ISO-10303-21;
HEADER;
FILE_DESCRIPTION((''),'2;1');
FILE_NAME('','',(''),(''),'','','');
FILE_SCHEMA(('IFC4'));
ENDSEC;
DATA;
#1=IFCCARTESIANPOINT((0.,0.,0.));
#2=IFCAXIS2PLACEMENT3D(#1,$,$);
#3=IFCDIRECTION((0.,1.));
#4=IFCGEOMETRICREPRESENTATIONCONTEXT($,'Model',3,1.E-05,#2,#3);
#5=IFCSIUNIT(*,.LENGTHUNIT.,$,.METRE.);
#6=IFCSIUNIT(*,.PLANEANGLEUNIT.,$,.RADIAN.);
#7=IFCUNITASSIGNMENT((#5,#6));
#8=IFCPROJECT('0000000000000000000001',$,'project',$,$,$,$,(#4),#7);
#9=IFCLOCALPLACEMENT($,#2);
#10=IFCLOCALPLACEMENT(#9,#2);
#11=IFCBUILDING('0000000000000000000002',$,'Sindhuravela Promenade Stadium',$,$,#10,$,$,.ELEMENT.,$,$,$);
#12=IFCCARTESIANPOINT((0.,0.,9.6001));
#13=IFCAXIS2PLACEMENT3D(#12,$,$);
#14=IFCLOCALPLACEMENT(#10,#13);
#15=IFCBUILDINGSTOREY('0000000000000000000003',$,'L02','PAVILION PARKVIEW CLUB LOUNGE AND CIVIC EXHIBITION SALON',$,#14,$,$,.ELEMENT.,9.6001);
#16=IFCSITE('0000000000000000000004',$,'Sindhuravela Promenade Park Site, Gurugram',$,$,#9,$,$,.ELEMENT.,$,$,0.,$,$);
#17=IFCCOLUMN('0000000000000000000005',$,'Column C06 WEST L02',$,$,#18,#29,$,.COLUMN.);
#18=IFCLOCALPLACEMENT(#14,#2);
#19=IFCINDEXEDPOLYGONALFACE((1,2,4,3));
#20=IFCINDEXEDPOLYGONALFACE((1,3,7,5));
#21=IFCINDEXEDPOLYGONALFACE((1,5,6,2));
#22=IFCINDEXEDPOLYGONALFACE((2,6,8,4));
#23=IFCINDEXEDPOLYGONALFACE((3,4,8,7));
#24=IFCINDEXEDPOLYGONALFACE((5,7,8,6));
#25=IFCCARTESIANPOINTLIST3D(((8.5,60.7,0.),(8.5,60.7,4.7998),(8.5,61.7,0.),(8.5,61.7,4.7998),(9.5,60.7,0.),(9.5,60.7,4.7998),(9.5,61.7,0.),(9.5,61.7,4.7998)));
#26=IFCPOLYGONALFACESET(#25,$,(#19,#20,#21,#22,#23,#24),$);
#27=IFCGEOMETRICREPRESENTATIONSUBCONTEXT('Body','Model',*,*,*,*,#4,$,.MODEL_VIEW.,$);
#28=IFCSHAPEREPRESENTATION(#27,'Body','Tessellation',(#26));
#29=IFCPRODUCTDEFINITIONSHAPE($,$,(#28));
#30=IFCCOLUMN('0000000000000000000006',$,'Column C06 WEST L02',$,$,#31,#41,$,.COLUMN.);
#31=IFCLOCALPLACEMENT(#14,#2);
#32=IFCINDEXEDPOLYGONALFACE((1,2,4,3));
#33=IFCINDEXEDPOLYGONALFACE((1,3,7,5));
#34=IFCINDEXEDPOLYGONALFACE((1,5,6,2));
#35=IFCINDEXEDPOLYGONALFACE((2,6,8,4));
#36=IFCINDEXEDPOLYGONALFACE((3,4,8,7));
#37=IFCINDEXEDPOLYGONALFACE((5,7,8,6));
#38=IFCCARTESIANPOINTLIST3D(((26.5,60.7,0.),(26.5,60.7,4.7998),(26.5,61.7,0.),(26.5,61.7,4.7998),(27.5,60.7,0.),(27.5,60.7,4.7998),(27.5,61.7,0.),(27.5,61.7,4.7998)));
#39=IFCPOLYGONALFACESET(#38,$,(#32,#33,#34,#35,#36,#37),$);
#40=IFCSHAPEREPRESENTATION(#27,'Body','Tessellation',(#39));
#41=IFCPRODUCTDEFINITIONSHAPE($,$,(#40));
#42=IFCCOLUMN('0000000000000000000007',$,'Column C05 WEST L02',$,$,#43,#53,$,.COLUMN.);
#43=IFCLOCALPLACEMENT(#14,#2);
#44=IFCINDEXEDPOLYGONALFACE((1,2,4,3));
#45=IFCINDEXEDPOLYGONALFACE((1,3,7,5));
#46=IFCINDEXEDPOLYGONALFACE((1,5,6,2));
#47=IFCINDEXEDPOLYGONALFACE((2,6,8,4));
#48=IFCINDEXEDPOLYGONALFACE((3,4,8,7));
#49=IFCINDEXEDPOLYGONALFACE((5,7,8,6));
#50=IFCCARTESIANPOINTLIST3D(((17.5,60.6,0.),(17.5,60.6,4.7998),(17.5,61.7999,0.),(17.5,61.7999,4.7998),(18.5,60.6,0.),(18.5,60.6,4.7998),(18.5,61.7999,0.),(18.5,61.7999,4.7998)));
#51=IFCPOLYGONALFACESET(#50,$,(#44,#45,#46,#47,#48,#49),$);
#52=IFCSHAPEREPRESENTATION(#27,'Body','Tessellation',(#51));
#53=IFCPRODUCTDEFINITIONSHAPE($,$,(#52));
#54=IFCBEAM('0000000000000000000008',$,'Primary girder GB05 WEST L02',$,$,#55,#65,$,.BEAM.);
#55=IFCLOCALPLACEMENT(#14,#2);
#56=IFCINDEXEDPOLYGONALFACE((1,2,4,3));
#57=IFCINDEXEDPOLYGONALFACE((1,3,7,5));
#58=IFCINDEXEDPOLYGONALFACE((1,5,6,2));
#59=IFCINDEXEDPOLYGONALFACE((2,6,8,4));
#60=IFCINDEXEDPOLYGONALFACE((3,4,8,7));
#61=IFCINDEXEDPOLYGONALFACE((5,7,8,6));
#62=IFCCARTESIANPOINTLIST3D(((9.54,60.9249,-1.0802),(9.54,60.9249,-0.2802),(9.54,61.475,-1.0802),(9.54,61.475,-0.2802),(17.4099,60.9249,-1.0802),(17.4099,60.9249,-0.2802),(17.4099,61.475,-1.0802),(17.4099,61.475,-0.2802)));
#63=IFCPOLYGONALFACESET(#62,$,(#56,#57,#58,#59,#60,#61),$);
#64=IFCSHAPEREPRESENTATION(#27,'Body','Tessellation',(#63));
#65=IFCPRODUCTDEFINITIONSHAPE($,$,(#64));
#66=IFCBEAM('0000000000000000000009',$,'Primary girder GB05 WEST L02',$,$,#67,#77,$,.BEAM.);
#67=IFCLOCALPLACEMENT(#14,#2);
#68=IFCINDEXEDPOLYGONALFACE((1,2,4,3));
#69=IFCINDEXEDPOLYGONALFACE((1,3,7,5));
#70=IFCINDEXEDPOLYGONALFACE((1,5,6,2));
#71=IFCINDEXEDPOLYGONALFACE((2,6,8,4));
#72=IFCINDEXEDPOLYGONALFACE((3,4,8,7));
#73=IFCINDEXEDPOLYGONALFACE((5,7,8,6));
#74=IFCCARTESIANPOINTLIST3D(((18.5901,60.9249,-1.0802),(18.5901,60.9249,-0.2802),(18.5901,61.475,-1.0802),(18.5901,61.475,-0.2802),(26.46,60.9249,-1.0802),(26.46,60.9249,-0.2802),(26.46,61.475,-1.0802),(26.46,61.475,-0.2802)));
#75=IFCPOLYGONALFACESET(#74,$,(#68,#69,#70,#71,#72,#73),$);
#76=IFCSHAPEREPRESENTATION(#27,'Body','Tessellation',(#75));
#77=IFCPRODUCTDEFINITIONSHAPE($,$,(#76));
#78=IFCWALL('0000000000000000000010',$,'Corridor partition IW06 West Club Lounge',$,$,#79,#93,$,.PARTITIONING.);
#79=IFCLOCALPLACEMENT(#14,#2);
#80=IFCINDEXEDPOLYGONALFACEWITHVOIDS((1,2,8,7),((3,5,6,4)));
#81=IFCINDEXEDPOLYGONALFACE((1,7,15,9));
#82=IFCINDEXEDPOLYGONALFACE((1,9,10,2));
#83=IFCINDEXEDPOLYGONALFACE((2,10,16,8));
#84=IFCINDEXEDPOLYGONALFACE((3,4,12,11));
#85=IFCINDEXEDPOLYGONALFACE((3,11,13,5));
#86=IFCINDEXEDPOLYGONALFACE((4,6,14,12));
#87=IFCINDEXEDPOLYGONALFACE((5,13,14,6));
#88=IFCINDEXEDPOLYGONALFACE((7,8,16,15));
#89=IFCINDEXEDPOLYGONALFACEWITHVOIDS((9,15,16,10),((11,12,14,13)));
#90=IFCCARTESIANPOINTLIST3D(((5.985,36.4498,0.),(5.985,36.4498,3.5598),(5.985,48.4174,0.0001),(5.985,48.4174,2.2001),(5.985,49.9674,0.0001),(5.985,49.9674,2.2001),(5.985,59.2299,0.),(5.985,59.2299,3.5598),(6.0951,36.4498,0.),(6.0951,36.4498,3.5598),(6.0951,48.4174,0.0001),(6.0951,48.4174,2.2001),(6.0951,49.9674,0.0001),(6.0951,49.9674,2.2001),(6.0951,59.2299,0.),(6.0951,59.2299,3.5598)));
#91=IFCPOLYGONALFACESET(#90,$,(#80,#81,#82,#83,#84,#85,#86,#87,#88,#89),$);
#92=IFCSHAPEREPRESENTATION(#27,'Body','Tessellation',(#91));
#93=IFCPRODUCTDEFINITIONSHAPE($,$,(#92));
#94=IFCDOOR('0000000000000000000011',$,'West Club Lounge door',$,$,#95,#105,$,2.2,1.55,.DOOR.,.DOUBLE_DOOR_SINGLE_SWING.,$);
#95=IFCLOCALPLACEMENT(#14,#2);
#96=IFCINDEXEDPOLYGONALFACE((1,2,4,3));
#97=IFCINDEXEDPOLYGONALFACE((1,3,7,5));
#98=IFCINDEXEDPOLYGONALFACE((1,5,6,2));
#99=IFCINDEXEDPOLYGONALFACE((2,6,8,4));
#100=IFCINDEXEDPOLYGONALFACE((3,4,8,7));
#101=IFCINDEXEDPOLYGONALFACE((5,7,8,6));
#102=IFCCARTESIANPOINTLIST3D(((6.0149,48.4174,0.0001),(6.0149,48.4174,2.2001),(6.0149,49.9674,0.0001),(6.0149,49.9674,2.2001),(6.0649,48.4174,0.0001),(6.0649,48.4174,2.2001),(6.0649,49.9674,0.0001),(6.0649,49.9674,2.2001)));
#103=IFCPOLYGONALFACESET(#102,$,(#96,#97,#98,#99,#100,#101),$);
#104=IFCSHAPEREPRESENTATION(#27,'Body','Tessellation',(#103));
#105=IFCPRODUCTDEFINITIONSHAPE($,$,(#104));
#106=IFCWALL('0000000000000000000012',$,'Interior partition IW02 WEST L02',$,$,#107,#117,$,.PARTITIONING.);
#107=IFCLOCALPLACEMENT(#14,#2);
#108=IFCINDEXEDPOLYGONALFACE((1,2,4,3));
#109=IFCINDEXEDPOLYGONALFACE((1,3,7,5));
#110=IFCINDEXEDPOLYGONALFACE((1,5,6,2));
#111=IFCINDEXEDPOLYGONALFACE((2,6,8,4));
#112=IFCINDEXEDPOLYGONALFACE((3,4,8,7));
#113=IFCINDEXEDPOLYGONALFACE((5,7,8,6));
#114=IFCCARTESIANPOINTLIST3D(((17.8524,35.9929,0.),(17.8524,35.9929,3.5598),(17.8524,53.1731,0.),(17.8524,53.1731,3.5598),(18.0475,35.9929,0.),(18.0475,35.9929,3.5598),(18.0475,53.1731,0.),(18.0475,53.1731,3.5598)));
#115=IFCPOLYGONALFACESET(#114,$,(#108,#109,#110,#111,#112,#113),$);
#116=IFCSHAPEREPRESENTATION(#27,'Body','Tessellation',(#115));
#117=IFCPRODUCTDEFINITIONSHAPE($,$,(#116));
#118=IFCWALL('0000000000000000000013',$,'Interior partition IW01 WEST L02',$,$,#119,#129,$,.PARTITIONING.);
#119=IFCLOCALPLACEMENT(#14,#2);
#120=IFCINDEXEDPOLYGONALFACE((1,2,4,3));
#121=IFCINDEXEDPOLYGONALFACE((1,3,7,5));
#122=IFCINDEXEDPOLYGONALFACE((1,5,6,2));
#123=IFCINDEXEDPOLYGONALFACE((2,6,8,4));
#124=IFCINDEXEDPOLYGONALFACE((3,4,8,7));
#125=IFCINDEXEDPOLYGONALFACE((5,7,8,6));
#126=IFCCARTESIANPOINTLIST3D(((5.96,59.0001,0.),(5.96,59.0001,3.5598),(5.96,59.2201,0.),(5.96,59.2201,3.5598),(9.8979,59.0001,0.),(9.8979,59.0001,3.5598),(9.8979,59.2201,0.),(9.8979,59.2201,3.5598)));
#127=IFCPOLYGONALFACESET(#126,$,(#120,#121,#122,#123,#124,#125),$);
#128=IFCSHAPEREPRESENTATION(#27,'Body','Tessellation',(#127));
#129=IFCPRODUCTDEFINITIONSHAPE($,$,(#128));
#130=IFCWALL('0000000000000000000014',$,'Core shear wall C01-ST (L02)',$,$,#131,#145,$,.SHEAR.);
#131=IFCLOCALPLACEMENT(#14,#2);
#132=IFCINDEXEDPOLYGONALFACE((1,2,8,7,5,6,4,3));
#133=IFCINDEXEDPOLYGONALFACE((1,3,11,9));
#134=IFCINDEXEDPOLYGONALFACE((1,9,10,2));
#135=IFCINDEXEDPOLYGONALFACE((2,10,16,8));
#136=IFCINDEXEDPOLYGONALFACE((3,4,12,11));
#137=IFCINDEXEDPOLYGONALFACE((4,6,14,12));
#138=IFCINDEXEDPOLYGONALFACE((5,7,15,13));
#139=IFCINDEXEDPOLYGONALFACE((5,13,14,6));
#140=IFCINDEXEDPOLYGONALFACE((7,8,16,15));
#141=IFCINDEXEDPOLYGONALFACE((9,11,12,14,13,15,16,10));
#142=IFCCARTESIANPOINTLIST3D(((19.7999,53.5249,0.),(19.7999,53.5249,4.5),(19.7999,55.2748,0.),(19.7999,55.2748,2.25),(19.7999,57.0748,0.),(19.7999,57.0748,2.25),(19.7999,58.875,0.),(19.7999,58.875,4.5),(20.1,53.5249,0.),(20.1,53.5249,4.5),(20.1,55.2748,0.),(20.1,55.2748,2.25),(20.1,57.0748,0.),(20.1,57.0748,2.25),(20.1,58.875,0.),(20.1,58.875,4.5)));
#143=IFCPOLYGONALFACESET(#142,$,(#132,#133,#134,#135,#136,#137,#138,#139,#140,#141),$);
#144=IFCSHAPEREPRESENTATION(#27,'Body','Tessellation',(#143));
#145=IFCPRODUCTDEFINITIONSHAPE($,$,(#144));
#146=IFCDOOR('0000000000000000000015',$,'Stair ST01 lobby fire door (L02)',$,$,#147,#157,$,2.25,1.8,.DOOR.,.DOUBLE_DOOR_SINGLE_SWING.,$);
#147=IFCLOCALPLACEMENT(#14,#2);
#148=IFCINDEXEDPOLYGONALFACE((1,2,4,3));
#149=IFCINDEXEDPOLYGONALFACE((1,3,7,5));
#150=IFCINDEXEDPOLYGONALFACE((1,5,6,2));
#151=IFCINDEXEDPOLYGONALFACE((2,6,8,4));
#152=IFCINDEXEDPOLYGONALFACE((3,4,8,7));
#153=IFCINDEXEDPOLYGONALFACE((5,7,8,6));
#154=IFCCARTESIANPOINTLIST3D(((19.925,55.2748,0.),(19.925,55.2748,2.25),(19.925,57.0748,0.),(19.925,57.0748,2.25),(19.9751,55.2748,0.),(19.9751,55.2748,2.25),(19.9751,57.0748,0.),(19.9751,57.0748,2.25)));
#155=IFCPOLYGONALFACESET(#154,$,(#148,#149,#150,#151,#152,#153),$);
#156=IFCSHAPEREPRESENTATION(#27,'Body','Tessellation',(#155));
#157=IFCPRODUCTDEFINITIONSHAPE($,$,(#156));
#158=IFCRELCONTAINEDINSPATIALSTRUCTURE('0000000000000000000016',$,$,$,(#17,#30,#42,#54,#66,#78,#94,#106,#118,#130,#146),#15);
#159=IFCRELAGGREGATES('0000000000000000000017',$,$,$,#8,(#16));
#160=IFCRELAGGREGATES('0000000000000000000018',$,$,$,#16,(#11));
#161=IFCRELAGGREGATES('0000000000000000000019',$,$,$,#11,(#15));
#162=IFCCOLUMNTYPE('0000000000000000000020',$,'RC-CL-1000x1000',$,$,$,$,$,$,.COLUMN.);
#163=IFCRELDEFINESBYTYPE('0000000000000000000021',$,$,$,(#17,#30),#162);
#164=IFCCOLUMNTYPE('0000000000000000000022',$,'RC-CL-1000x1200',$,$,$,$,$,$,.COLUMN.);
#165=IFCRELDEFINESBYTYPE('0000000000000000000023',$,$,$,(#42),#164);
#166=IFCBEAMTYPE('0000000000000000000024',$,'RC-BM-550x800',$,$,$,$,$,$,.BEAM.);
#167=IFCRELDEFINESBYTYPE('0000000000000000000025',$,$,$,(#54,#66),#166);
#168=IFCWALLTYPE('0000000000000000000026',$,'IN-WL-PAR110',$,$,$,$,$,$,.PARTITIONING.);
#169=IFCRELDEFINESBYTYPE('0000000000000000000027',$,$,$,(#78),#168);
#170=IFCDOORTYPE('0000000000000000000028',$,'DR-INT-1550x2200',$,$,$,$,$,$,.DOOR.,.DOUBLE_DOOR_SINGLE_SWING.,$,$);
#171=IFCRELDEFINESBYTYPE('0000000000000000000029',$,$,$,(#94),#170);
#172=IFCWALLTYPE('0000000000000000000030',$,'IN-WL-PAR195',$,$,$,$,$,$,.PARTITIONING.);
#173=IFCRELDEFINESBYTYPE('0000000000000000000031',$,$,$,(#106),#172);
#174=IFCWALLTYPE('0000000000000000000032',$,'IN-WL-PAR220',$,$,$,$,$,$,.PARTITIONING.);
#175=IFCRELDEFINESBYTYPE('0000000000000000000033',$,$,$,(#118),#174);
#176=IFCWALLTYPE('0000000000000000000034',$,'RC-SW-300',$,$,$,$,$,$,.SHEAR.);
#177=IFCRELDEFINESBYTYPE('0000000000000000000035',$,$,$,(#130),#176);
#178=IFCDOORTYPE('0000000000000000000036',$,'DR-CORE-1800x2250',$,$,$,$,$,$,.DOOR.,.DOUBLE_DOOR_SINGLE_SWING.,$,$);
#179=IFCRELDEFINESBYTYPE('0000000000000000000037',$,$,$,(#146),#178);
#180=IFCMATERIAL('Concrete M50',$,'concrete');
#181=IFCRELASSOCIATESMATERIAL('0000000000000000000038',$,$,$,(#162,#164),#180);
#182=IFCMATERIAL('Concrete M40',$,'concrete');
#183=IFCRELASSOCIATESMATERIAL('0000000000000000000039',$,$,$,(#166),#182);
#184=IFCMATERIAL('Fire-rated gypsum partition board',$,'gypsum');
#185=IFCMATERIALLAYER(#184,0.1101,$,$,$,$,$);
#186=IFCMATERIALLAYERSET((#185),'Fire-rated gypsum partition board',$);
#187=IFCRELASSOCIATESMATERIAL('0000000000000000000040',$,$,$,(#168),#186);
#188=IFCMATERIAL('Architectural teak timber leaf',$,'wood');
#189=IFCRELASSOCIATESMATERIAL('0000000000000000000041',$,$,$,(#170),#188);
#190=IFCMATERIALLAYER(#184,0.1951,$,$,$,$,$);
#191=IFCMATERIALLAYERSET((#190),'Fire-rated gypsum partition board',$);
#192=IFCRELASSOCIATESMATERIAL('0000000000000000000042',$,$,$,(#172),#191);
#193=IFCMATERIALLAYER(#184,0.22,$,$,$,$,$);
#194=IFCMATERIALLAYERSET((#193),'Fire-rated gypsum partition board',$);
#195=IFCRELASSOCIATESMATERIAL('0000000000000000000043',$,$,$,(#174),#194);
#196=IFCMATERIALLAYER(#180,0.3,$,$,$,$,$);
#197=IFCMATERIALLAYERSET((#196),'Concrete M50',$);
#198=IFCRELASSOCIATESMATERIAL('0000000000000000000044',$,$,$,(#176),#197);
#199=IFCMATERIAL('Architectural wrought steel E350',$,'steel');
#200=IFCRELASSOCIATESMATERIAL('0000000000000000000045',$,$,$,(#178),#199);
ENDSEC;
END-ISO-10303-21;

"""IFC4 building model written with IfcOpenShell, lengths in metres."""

from ifc_helpers import new_model, si_unit, direction, frame, frame_2d, origin, origin_2d, place, context, subcontext, project, spatial, rectangle, extrude, material, layer, layer_set, material_profile, profile_set, type_object, element, fill, save


model = new_model("IFC4")

# Units and contexts
model_context = context("Model", 3, precision=1e-05, world=origin(), true_north=direction((0.0, 1.0)))
body_context = subcontext(model_context, "Body", "Model", "MODEL_VIEW")
ifc_project = project(units=[si_unit("LENGTHUNIT", "METRE"), si_unit("PLANEANGLEUNIT", "RADIAN")], contexts=[model_context])

# Site, building, storey
site_placement = place(None, origin())
site = spatial("IfcSite", under=ifc_project, at=site_placement, Name="Sindhuravela Promenade Park Site, Gurugram", CompositionType="ELEMENT", RefElevation=0.0)
building_placement = place(site_placement, origin())
building = spatial("IfcBuilding", under=site, at=building_placement, Name="Sindhuravela Promenade Stadium", CompositionType="ELEMENT")
storey_placement = place(building_placement, frame((0.0, 0.0, 9.6001)))
storey = spatial("IfcBuildingStorey", under=building, at=storey_placement, Name="L02", Description="PAVILION PARKVIEW CLUB LOUNGE AND CIVIC EXHIBITION SALON", CompositionType="ELEMENT", Elevation=9.6001)

# Columns
ifc_material_1 = material(Name="Concrete M50", Category="concrete")
ifc_material_profile_1 = material_profile(ifc_material_1, rectangle(XDim=1.0, YDim=1.0, at=origin_2d()), Name="RC 1000x1000")
ifc_profile_set_1 = profile_set([ifc_material_profile_1], Name="Concrete M50")
column_type_1 = type_object("IfcColumnType", Name="RC-CL-1000x1000", PredefinedType="COLUMN", material=ifc_profile_set_1)
for number, where, z_axis, x_axis, name in (
    (1, (9.0, 61.2, 0.0), (0.0, 0.0, 1.0), (1.0, 0.0, 0.0), "Column C06 WEST L02"),
    (2, (27.0, 61.2, 0.0), (0.0, 0.0, 1.0), (1.0, 0.0, 0.0), "Column C06 WEST L02"),
):
    element("IfcColumn", number, at=place(storey_placement, frame(where, z_axis=z_axis, x_axis=x_axis)), inside=storey, type_object=column_type_1, Name=name, PredefinedType="COLUMN", context=body_context, shape_type="SweptSolid", body=[
        extrude(rectangle(XDim=1.0, YDim=1.0, at=origin_2d()), origin(), (0.0, 0.0, 1.0), 4.7998),
    ])
ifc_material_profile_2 = material_profile(ifc_material_1, rectangle(XDim=1.0, YDim=1.2, at=origin_2d()), Name="RC 1000x1200")
ifc_profile_set_2 = profile_set([ifc_material_profile_2], Name="Concrete M50")
column_type_2 = type_object("IfcColumnType", Name="RC-CL-1000x1200", PredefinedType="COLUMN", material=ifc_profile_set_2)
column_placement = place(storey_placement, frame((18.0, 61.2, 0.0), z_axis=(0.0, 0.0, 1.0), x_axis=(1.0, 0.0, 0.0)))
element("IfcColumn", 3, at=column_placement, inside=storey, type_object=column_type_2, Name="Column C05 WEST L02", PredefinedType="COLUMN", context=body_context, shape_type="SweptSolid", body=[
    extrude(rectangle(XDim=1.0, YDim=1.2, at=origin_2d()), origin(), (0.0, 0.0, 1.0), 4.7998),
])

# Beams
ifc_material_2 = material(Name="Concrete M40", Category="concrete")
ifc_material_profile_3 = material_profile(ifc_material_2, rectangle(XDim=0.55, YDim=0.8, at=origin_2d()), Name="RC 550x800")
ifc_profile_set_3 = profile_set([ifc_material_profile_3], Name="Concrete M40")
beam_type = type_object("IfcBeamType", Name="RC-BM-550x800", PredefinedType="BEAM", material=ifc_profile_set_3)
for number, where, z_axis, x_axis, name in (
    (4, (9.54, 61.2, -0.6802), (1.0, 0.0, 0.0), (0.0, 1.0, 0.0), "Primary girder GB05 WEST L02"),
    (5, (18.5901, 61.2, -0.6802), (1.0, 0.0, 0.0), (0.0, 1.0, 0.0), "Primary girder GB05 WEST L02"),
):
    element("IfcBeam", number, at=place(storey_placement, frame(where, z_axis=z_axis, x_axis=x_axis)), inside=storey, type_object=beam_type, Name=name, PredefinedType="BEAM", context=body_context, shape_type="SweptSolid", body=[
        extrude(rectangle(XDim=0.55, YDim=0.8, at=origin_2d()), origin(), (0.0, 0.0, 1.0), 7.8699),
    ])

# Wall, opening, door
ifc_material_3 = material(Name="Fire-rated gypsum partition board", Category="gypsum")
ifc_layer_1 = layer(ifc_material_3, 0.1101)
ifc_layer_set_1 = layer_set([ifc_layer_1], Name="Fire-rated gypsum partition board")
wall_type_1 = type_object("IfcWallType", Name="IN-WL-PAR110", PredefinedType="PARTITIONING", material=ifc_layer_set_1)
wall_1_placement = place(storey_placement, frame((6.04, 59.23, 0.0), z_axis=(0.0, 0.0, 1.0), x_axis=(0.0, -1.0, 0.0)))
wall_1 = element("IfcWall", 6, at=wall_1_placement, inside=storey, type_object=wall_type_1, Name="Corridor partition IW06 West Club Lounge", PredefinedType="PARTITIONING", context=body_context, shape_type="SweptSolid", body=[
    extrude(rectangle(XDim=22.78, YDim=0.1101, at=frame_2d((11.3901, 0.0))), origin(), (0.0, 0.0, 1.0), 3.5598),
])
opening_1_placement = place(wall_1_placement, frame((9.2627, 0.0, 0.0)))
opening_1 = element("IfcOpeningElement", 7, at=opening_1_placement, cuts=wall_1, PredefinedType="OPENING", context=body_context, shape_type="SweptSolid", body=[
    extrude(rectangle(XDim=1.55, YDim=2.2, at=frame_2d((0.7749, 1.1001))), frame((0.0, 0.0649, 0.0), z_axis=(0.0, -1.0, 0.0), x_axis=(1.0, 0.0, 0.0)), (0.0, 0.0, 1.0), 0.1301),
])
ifc_material_4 = material(Name="Architectural teak timber leaf", Category="wood")
door_type_1 = type_object("IfcDoorType", Name="DR-INT-1550x2200", OperationType="DOUBLE_DOOR_SINGLE_SWING", PredefinedType="DOOR", material=ifc_material_4)
door_1_placement = place(opening_1_placement, origin())
door_1 = element("IfcDoor", 8, at=door_1_placement, inside=storey, type_object=door_type_1, Name="West Club Lounge door", OperationType="DOUBLE_DOOR_SINGLE_SWING", OverallHeight=2.2, OverallWidth=1.55, PredefinedType="DOOR", context=body_context, shape_type="SweptSolid", body=[
    extrude(rectangle(XDim=1.55, YDim=2.2, at=frame_2d((0.7749, 1.1001))), frame((0.0, 0.0249, 0.0), z_axis=(0.0, -1.0, 0.0), x_axis=(1.0, 0.0, 0.0)), (0.0, 0.0, 1.0), 0.05),
])
fill(opening_1, door_1)

# Walls
ifc_layer_2 = layer(ifc_material_3, 0.1951)
ifc_layer_set_2 = layer_set([ifc_layer_2], Name="Fire-rated gypsum partition board")
wall_type_2 = type_object("IfcWallType", Name="IN-WL-PAR195", PredefinedType="PARTITIONING", material=ifc_layer_set_2)
wall_2_placement = place(storey_placement, frame((17.95, 53.1731, 0.0), z_axis=(0.0, 0.0, 1.0), x_axis=(0.0, -1.0, 0.0)))
element("IfcWall", 9, at=wall_2_placement, inside=storey, type_object=wall_type_2, Name="Interior partition IW02 WEST L02", PredefinedType="PARTITIONING", context=body_context, shape_type="SweptSolid", body=[
    extrude(rectangle(XDim=17.1802, YDim=0.1951, at=frame_2d((8.5901, 0.0))), origin(), (0.0, 0.0, 1.0), 3.5598),
])
ifc_layer_3 = layer(ifc_material_3, 0.22)
ifc_layer_set_3 = layer_set([ifc_layer_3], Name="Fire-rated gypsum partition board")
wall_type_3 = type_object("IfcWallType", Name="IN-WL-PAR220", PredefinedType="PARTITIONING", material=ifc_layer_set_3)
wall_3_placement = place(storey_placement, frame((5.96, 59.1101, 0.0), z_axis=(0.0, 0.0, 1.0), x_axis=(1.0, 0.0, 0.0)))
element("IfcWall", 10, at=wall_3_placement, inside=storey, type_object=wall_type_3, Name="Interior partition IW01 WEST L02", PredefinedType="PARTITIONING", context=body_context, shape_type="SweptSolid", body=[
    extrude(rectangle(XDim=3.938, YDim=0.22, at=frame_2d((1.969, 0.0))), origin(), (0.0, 0.0, 1.0), 3.5598),
])

# Wall, opening, door
ifc_layer_4 = layer(ifc_material_1, 0.3)
ifc_layer_set_4 = layer_set([ifc_layer_4], Name="Concrete M50")
wall_type_4 = type_object("IfcWallType", Name="RC-SW-300", PredefinedType="SHEAR", material=ifc_layer_set_4)
wall_4_placement = place(storey_placement, frame((19.95, 53.5249, 0.0), z_axis=(0.0, 0.0, 1.0), x_axis=(0.0, 1.0, 0.0)))
wall_4 = element("IfcWall", 11, at=wall_4_placement, inside=storey, type_object=wall_type_4, Name="Core shear wall C01-ST (L02)", PredefinedType="SHEAR", context=body_context, shape_type="SweptSolid", body=[
    extrude(rectangle(XDim=5.3501, YDim=0.3, at=frame_2d((2.675, 0.0))), origin(), (0.0, 0.0, 1.0), 4.5),
])
opening_2_placement = place(wall_4_placement, frame((1.75, 0.0, 0.0)))
opening_2 = element("IfcOpeningElement", 12, at=opening_2_placement, cuts=wall_4, PredefinedType="OPENING", context=body_context, shape_type="SweptSolid", body=[
    extrude(rectangle(XDim=1.8, YDim=2.25, at=frame_2d((0.8999, 1.125))), frame((0.0, 0.1599, 0.0), z_axis=(0.0, -1.0, 0.0), x_axis=(1.0, 0.0, 0.0)), (0.0, 0.0, 1.0), 0.3201),
])
ifc_material_5 = material(Name="Architectural wrought steel E350", Category="steel")
door_type_2 = type_object("IfcDoorType", Name="DR-CORE-1800x2250", OperationType="DOUBLE_DOOR_SINGLE_SWING", PredefinedType="DOOR", material=ifc_material_5)
door_2_placement = place(opening_2_placement, origin())
door_2 = element("IfcDoor", 13, at=door_2_placement, inside=storey, type_object=door_type_2, Name="Stair ST01 lobby fire door (L02)", OperationType="DOUBLE_DOOR_SINGLE_SWING", OverallHeight=2.25, OverallWidth=1.8, PredefinedType="DOOR", context=body_context, shape_type="SweptSolid", body=[
    extrude(rectangle(XDim=1.8, YDim=2.25, at=frame_2d((0.8999, 1.125))), frame((0.0, 0.0249, 0.0), z_axis=(0.0, -1.0, 0.0), x_axis=(1.0, 0.0, 0.0)), (0.0, 0.0, 1.0), 0.05),
])
fill(opening_2, door_2)

save(model, "model.ifc")
